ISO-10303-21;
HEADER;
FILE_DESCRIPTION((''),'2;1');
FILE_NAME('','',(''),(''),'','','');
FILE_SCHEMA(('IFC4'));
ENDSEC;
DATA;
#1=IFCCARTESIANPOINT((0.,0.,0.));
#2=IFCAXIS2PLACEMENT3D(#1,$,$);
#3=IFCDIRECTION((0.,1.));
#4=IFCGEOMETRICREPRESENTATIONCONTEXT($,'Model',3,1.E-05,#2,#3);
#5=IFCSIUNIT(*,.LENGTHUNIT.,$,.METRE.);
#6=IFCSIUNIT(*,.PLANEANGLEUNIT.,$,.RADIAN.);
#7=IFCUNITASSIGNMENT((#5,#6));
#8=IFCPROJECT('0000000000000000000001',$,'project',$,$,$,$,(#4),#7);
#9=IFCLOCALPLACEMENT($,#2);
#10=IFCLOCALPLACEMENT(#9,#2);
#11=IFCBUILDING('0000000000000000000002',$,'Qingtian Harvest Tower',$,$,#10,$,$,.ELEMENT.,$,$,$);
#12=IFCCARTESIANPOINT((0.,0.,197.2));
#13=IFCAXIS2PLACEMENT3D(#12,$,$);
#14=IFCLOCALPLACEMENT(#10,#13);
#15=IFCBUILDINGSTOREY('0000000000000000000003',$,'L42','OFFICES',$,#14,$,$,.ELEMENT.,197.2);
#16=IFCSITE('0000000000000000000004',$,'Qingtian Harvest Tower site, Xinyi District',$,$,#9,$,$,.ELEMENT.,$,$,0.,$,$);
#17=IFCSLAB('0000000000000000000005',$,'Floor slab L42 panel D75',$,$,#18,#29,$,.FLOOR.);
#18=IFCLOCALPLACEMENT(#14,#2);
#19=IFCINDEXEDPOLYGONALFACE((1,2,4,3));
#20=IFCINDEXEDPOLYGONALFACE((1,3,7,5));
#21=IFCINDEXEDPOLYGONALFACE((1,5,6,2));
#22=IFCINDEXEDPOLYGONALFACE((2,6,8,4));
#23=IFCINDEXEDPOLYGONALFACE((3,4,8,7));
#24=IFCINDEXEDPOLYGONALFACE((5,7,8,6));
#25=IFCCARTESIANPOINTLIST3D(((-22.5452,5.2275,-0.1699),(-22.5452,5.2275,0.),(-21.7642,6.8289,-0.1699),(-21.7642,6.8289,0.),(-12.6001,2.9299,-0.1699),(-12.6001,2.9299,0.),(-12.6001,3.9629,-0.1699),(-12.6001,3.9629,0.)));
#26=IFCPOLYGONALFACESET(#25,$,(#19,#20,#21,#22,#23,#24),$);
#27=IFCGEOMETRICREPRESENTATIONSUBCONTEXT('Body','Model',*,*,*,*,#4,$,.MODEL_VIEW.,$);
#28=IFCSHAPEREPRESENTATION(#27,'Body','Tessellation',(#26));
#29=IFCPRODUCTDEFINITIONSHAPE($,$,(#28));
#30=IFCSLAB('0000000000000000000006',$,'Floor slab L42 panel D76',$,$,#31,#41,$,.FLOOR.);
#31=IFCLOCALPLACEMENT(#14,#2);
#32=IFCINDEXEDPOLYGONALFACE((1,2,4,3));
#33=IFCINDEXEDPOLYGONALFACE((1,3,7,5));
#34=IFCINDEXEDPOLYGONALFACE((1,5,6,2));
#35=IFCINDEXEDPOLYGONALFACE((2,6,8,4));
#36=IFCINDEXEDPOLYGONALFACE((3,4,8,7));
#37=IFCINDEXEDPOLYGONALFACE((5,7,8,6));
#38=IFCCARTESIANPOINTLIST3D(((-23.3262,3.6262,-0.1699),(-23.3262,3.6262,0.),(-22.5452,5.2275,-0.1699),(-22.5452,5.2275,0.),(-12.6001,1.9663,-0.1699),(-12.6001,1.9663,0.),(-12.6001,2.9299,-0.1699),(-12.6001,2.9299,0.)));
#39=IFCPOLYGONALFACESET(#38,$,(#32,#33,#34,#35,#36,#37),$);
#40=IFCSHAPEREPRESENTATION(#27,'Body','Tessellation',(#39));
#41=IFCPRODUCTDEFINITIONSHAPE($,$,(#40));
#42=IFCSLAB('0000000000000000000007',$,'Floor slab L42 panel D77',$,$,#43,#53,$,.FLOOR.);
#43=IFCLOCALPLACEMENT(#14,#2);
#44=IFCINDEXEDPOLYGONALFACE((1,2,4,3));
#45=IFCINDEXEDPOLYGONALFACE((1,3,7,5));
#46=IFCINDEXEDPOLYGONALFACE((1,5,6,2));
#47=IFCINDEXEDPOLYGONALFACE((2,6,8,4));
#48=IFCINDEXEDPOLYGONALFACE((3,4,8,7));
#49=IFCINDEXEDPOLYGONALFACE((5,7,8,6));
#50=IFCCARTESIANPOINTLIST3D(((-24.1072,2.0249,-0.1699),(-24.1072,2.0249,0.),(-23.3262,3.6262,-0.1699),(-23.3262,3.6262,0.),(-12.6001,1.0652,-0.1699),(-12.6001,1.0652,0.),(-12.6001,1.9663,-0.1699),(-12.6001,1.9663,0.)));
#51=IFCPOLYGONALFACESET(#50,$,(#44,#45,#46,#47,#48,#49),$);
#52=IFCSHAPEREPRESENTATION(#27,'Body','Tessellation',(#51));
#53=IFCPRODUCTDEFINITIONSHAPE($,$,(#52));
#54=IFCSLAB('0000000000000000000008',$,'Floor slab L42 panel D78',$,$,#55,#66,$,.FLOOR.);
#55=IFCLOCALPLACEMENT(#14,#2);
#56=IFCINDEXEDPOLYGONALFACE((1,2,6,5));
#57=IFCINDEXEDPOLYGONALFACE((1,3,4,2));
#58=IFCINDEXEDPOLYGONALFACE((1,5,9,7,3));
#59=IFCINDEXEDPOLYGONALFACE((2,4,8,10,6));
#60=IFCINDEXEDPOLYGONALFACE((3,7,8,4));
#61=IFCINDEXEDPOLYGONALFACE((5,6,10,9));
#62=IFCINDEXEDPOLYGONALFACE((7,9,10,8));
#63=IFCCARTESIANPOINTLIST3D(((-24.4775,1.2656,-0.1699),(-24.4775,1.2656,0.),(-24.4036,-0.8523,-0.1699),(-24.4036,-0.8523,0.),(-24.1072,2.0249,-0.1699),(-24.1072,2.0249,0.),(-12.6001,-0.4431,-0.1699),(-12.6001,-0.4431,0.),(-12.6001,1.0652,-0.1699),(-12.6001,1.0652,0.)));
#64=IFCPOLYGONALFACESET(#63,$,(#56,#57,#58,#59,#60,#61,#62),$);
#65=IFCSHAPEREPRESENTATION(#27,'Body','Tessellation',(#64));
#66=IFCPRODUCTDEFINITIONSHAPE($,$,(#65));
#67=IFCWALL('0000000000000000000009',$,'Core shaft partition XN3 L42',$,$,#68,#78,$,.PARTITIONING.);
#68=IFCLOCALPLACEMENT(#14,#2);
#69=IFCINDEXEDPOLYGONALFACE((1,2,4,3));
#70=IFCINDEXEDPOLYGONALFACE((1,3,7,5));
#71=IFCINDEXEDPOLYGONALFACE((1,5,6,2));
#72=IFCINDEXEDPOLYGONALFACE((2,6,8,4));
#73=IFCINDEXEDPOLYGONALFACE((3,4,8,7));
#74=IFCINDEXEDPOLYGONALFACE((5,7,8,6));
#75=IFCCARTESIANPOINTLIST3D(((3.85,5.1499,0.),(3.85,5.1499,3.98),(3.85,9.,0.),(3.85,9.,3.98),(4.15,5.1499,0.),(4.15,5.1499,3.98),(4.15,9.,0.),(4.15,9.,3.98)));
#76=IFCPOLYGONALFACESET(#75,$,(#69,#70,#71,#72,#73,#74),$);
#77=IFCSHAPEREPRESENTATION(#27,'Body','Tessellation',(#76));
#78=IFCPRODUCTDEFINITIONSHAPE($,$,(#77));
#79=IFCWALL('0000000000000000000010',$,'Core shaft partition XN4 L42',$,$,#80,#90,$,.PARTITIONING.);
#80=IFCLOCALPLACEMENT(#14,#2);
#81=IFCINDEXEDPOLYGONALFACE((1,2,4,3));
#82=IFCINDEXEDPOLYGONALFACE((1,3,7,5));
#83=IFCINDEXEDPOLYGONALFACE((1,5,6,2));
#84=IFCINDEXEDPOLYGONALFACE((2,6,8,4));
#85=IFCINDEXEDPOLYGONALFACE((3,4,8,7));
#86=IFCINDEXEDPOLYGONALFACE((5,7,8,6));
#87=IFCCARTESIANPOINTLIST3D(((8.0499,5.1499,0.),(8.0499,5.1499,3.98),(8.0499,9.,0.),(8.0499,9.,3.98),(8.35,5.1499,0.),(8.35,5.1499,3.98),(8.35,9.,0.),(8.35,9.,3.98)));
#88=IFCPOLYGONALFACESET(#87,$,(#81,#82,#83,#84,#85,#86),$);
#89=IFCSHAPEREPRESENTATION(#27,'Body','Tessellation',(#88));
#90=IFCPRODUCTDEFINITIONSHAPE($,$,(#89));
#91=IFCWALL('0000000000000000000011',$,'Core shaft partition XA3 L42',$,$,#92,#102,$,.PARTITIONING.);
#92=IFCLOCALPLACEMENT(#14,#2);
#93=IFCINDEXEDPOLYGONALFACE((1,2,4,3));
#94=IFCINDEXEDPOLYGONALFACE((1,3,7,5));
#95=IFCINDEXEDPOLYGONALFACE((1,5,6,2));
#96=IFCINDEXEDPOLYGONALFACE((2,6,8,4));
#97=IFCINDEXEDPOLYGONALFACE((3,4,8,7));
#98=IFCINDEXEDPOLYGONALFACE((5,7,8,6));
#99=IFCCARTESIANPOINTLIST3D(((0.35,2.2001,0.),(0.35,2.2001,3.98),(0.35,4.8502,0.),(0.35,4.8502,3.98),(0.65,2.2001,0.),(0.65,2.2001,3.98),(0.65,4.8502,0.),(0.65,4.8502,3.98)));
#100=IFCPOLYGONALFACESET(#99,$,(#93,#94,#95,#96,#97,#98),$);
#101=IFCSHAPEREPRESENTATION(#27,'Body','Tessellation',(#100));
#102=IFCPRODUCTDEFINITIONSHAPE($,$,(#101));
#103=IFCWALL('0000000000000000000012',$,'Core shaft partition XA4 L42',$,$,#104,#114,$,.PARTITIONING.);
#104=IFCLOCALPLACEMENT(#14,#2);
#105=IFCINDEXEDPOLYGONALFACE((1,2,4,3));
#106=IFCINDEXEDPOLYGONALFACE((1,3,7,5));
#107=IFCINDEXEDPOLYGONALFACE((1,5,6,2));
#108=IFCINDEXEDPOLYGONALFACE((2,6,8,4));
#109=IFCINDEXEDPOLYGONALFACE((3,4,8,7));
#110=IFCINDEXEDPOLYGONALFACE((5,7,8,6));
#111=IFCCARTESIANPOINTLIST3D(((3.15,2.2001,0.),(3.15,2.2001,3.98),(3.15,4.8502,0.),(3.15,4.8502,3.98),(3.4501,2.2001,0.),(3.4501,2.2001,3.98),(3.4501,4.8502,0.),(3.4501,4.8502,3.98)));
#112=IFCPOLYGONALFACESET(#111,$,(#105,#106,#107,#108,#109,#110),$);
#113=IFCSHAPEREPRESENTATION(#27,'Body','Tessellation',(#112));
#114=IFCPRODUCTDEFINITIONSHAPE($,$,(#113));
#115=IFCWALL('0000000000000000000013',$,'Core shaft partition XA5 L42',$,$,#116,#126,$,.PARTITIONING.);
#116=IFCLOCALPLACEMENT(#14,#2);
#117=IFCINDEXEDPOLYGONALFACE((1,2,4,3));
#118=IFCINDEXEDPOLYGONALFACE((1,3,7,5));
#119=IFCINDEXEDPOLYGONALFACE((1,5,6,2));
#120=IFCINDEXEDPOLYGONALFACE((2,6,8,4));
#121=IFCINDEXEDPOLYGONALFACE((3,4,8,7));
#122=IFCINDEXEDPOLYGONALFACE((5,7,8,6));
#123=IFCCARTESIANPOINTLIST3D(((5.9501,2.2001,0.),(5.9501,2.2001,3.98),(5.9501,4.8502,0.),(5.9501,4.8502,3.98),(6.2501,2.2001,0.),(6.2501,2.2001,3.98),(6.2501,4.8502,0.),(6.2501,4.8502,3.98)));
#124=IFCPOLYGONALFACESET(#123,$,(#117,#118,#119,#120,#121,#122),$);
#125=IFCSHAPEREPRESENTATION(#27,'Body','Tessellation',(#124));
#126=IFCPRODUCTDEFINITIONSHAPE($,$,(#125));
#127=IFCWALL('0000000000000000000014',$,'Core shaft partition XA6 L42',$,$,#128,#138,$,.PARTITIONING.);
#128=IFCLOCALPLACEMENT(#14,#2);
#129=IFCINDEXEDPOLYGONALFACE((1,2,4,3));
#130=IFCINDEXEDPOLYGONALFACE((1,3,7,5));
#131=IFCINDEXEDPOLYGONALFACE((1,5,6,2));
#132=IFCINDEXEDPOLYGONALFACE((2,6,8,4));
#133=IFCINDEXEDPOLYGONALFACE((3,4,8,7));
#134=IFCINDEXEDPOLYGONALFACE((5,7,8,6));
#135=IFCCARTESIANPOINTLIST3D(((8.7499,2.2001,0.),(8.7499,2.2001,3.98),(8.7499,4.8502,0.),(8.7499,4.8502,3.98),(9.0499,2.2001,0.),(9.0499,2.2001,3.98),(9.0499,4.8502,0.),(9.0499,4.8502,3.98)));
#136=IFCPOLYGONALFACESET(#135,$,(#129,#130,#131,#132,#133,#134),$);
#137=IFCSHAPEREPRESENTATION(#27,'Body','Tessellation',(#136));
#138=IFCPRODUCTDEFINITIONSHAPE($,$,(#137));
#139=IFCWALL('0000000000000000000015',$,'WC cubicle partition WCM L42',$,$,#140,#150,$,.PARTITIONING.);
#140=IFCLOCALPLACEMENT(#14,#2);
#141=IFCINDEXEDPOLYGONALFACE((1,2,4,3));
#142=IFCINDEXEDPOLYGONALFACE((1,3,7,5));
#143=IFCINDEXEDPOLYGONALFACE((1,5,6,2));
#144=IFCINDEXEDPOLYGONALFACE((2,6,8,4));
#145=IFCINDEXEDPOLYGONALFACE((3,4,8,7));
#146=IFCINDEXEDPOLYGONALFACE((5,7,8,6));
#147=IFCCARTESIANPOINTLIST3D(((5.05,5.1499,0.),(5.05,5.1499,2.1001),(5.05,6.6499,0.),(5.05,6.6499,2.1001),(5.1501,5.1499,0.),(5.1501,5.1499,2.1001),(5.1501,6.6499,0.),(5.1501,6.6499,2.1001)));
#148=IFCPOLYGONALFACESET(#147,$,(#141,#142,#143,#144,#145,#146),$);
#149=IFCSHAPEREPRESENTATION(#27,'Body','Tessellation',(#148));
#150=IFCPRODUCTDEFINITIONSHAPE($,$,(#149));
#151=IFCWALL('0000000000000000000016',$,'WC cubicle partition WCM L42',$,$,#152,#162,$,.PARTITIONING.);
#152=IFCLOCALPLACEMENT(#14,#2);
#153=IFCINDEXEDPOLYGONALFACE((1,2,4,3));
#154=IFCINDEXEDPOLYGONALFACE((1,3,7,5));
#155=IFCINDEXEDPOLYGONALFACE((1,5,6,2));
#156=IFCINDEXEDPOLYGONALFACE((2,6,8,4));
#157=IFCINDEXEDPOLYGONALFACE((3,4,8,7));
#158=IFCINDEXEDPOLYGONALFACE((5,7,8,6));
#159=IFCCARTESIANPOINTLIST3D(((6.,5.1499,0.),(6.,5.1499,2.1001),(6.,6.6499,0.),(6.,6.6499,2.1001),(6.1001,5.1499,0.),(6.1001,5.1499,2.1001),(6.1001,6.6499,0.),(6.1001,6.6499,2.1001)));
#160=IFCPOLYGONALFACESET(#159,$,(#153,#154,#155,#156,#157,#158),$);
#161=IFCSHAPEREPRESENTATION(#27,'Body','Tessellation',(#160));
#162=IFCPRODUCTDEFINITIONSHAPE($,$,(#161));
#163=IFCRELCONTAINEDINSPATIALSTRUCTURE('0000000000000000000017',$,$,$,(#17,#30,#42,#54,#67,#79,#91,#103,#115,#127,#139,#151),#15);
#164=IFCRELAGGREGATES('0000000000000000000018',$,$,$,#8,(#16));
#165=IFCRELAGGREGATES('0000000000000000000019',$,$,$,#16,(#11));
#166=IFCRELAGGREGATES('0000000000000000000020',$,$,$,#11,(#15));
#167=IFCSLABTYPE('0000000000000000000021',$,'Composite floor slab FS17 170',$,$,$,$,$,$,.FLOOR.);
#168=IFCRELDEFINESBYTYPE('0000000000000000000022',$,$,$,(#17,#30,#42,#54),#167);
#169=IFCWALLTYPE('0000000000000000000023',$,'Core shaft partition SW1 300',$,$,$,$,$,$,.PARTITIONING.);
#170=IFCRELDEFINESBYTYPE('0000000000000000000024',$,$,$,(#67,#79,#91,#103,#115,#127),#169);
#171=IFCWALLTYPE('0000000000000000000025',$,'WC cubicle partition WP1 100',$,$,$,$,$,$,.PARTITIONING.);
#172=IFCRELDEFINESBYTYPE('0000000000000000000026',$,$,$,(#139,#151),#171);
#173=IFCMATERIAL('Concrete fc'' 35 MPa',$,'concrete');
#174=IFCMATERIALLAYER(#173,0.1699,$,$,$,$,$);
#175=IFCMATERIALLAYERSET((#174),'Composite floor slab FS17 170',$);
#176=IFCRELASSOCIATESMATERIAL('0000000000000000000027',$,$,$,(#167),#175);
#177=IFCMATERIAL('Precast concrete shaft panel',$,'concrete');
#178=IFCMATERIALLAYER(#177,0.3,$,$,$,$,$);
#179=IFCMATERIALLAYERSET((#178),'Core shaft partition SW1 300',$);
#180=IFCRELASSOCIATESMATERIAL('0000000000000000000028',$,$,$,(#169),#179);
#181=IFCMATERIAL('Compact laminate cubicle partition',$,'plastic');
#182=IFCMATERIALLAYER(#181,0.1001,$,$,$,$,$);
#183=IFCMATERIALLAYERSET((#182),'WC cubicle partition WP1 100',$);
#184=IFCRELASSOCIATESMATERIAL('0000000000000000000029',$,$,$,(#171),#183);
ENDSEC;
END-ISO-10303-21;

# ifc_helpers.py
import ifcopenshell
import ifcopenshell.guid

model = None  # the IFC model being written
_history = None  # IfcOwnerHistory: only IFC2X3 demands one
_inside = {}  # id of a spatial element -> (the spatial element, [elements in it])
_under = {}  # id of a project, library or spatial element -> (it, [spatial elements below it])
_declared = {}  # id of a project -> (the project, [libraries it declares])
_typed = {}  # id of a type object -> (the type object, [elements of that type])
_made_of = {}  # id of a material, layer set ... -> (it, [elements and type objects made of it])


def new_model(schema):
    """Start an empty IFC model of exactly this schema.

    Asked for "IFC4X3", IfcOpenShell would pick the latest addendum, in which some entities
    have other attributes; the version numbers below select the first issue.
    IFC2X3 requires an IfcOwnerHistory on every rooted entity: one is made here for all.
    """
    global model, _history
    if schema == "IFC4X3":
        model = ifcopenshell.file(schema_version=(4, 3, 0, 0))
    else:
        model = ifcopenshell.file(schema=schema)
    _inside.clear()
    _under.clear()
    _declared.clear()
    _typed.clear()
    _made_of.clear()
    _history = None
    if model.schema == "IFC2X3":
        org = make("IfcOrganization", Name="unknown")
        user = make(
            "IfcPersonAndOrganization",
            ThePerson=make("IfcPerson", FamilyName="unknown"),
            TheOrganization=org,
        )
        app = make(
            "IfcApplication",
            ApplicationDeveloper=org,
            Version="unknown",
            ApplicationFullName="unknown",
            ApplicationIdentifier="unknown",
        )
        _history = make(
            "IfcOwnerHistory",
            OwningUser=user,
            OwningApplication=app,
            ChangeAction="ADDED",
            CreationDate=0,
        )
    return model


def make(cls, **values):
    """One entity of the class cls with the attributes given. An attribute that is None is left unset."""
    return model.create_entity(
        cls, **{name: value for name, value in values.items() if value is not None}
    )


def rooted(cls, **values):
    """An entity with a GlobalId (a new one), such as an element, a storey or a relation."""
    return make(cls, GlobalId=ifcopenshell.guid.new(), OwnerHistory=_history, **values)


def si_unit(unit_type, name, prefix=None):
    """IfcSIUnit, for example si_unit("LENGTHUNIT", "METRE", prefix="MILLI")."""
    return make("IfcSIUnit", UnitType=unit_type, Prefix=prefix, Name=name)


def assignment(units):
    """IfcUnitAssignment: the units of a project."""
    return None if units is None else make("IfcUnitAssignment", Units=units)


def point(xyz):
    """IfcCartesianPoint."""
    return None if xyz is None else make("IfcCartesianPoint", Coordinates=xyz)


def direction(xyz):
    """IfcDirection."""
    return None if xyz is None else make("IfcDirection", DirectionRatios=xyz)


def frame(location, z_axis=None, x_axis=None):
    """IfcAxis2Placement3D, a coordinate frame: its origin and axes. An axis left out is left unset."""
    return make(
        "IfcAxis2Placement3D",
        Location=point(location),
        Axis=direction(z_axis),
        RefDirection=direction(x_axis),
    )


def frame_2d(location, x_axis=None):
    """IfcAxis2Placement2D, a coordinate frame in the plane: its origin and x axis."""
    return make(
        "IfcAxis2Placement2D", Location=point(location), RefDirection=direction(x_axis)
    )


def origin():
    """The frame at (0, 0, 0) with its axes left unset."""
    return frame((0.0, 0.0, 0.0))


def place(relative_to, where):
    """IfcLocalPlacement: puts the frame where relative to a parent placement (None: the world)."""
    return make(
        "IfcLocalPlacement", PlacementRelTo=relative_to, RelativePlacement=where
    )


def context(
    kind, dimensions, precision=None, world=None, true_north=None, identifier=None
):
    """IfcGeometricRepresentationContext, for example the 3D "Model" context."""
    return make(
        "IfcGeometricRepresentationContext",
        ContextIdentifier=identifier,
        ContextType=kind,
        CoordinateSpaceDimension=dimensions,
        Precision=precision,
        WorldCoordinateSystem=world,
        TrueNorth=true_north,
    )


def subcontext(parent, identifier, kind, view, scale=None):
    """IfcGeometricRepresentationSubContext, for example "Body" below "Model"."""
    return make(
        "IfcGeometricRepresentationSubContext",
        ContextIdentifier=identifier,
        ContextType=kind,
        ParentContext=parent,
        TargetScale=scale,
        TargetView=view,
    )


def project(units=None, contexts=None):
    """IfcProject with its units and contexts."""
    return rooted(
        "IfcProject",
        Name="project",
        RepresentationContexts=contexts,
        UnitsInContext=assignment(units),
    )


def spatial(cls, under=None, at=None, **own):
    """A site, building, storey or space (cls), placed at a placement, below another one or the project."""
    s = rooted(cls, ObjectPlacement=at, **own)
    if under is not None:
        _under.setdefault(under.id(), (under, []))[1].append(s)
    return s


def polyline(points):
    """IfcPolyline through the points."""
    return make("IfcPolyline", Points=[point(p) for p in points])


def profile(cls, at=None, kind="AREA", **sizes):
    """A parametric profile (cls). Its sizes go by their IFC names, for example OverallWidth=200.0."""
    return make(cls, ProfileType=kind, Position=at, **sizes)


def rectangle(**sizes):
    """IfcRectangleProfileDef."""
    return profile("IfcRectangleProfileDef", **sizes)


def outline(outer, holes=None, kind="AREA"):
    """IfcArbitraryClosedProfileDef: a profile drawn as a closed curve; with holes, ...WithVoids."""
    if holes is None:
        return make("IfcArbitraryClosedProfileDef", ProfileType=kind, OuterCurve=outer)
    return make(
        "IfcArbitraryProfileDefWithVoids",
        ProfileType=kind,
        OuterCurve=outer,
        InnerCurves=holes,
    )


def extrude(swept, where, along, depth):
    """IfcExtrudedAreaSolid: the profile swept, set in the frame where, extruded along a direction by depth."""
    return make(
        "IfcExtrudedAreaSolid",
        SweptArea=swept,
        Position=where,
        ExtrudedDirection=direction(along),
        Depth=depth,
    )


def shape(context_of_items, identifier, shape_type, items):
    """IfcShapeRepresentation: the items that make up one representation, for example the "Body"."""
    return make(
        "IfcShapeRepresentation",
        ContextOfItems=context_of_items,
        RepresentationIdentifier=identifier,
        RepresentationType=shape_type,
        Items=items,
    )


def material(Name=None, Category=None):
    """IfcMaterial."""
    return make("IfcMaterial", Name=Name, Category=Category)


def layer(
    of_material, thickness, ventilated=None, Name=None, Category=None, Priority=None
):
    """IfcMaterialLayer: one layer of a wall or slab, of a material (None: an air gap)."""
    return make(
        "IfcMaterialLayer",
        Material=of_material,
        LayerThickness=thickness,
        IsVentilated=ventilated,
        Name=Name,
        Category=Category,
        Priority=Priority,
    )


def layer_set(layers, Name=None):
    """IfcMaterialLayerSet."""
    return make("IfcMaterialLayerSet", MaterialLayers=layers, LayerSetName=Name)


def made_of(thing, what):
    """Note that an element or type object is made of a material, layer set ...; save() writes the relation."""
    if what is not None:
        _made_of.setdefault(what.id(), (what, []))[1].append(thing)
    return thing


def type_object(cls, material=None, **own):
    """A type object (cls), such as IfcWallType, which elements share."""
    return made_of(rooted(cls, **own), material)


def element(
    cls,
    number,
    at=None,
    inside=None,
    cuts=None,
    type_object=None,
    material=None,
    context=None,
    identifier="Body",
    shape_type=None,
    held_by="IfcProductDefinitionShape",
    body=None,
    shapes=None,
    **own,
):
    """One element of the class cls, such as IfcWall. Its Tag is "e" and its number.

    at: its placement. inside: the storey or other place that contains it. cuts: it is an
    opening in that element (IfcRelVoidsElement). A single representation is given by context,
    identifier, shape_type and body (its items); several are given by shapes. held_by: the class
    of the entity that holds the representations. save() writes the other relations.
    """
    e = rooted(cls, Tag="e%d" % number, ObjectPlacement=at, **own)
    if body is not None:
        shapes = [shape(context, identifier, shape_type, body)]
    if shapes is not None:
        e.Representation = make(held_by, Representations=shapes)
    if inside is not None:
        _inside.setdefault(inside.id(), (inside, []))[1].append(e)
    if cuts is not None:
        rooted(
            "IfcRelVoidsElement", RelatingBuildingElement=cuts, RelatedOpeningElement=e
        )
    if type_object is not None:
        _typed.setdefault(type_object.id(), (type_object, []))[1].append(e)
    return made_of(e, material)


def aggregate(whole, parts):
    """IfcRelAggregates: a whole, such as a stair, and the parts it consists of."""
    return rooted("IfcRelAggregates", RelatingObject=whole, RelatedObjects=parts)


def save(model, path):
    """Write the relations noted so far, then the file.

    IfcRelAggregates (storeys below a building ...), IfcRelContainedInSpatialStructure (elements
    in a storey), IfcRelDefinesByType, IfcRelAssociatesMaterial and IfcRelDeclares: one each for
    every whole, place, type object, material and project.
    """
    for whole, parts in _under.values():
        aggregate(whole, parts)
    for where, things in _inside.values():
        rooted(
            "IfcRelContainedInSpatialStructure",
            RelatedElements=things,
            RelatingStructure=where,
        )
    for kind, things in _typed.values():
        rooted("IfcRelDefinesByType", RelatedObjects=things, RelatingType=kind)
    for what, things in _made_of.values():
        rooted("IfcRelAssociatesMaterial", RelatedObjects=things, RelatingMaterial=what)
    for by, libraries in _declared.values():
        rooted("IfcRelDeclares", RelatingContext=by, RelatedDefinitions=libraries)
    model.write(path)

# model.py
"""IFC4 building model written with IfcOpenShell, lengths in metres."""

from ifc_helpers import new_model, si_unit, direction, frame, frame_2d, origin, place, context, subcontext, project, spatial, polyline, rectangle, outline, extrude, material, layer, layer_set, type_object, element, save


model = new_model("IFC4")

# Units and contexts
model_context = context("Model", 3, precision=1e-05, world=origin(), true_north=direction((0.0, 1.0)))
body_context = subcontext(model_context, "Body", "Model", "MODEL_VIEW")
ifc_project = project(units=[si_unit("LENGTHUNIT", "METRE"), si_unit("PLANEANGLEUNIT", "RADIAN")], contexts=[model_context])

# Site, building, storey
site_placement = place(None, origin())
site = spatial("IfcSite", under=ifc_project, at=site_placement, Name="Qingtian Harvest Tower site, Xinyi District", CompositionType="ELEMENT", RefElevation=0.0)
building_placement = place(site_placement, origin())
building = spatial("IfcBuilding", under=site, at=building_placement, Name="Qingtian Harvest Tower", CompositionType="ELEMENT")
storey_placement = place(building_placement, frame((0.0, 0.0, 197.2)))
storey = spatial("IfcBuildingStorey", under=building, at=storey_placement, Name="L42", Description="OFFICES", CompositionType="ELEMENT", Elevation=197.2)

# Slabs
ifc_material_1 = material(Name="Concrete fc' 35 MPa", Category="concrete")
ifc_layer_1 = layer(ifc_material_1, 0.1699)
ifc_layer_set_1 = layer_set([ifc_layer_1], Name="Composite floor slab FS17 170")
slab_type = type_object("IfcSlabType", Name="Composite floor slab FS17 170", PredefinedType="FLOOR", material=ifc_layer_set_1)
slab_1_placement = place(storey_placement, frame((0.0, 0.0, -0.1699)))
element("IfcSlab", 1, at=slab_1_placement, inside=storey, type_object=slab_type, Name="Floor slab L42 panel D75", PredefinedType="FLOOR", context=body_context, shape_type="SweptSolid", body=[
    extrude(outline(polyline([(-12.6001, 2.9299), (-22.5452, 5.2275), (-21.7642, 6.8289), (-12.6001, 3.9629), (-12.6001, 2.9299)])), origin(), (0.0, 0.0, 1.0), 0.1699),
])
slab_2_placement = place(storey_placement, frame((0.0, 0.0, -0.1699)))
element("IfcSlab", 2, at=slab_2_placement, inside=storey, type_object=slab_type, Name="Floor slab L42 panel D76", PredefinedType="FLOOR", context=body_context, shape_type="SweptSolid", body=[
    extrude(outline(polyline([(-12.6001, 1.9663), (-23.3262, 3.6262), (-22.5452, 5.2275), (-12.6001, 2.9299), (-12.6001, 1.9663)])), origin(), (0.0, 0.0, 1.0), 0.1699),
])
slab_3_placement = place(storey_placement, frame((0.0, 0.0, -0.1699)))
element("IfcSlab", 3, at=slab_3_placement, inside=storey, type_object=slab_type, Name="Floor slab L42 panel D77", PredefinedType="FLOOR", context=body_context, shape_type="SweptSolid", body=[
    extrude(outline(polyline([(-12.6001, 1.0652), (-24.1072, 2.0249), (-23.3262, 3.6262), (-12.6001, 1.9663), (-12.6001, 1.0652)])), origin(), (0.0, 0.0, 1.0), 0.1699),
])
slab_4_placement = place(storey_placement, frame((0.0, 0.0, -0.1699)))
element("IfcSlab", 4, at=slab_4_placement, inside=storey, type_object=slab_type, Name="Floor slab L42 panel D78", PredefinedType="FLOOR", context=body_context, shape_type="SweptSolid", body=[
    extrude(outline(polyline([(-12.6001, 1.0652), (-12.6001, -0.4431), (-24.4036, -0.8523), (-24.4775, 1.2656), (-24.1072, 2.0249), (-12.6001, 1.0652)])), origin(), (0.0, 0.0, 1.0), 0.1699),
])

# Shared definitions
ifc_material_2 = material(Name="Precast concrete shaft panel", Category="concrete")
ifc_layer_2 = layer(ifc_material_2, 0.3)
ifc_layer_set_2 = layer_set([ifc_layer_2], Name="Core shaft partition SW1 300")
wall_type_1 = type_object("IfcWallType", Name="Core shaft partition SW1 300", PredefinedType="PARTITIONING", material=ifc_layer_set_2)

# Walls
for number, where, z_axis, x_axis, name in (
    (5, (4.0, 5.1499, 0.0), (0.0, 0.0, 1.0), (0.0, 1.0, 0.0), "Core shaft partition XN3 L42"),
    (6, (8.2, 5.1499, 0.0), (0.0, 0.0, 1.0), (0.0, 1.0, 0.0), "Core shaft partition XN4 L42"),
):
    element("IfcWall", number, at=place(storey_placement, frame(where, z_axis=z_axis, x_axis=x_axis)), inside=storey, type_object=wall_type_1, Name=name, PredefinedType="PARTITIONING", context=body_context, shape_type="SweptSolid", body=[
        extrude(rectangle(XDim=3.8501, YDim=0.3, at=frame_2d((1.925, 0.0))), origin(), (0.0, 0.0, 1.0), 3.98),
    ])
for number, where, z_axis, x_axis, name in (
    (7, (0.5, 2.2, 0.0), (0.0, 0.0, 1.0), (0.0, 1.0, 0.0), "Core shaft partition XA3 L42"),
    (8, (3.3, 2.2, 0.0), (0.0, 0.0, 1.0), (0.0, 1.0, 0.0), "Core shaft partition XA4 L42"),
    (9, (6.1001, 2.2, 0.0), (0.0, 0.0, 1.0), (0.0, 1.0, 0.0), "Core shaft partition XA5 L42"),
    (10, (8.8999, 2.2, 0.0), (0.0, 0.0, 1.0), (0.0, 1.0, 0.0), "Core shaft partition XA6 L42"),
):
    element("IfcWall", number, at=place(storey_placement, frame(where, z_axis=z_axis, x_axis=x_axis)), inside=storey, type_object=wall_type_1, Name=name, PredefinedType="PARTITIONING", context=body_context, shape_type="SweptSolid", body=[
        extrude(rectangle(XDim=2.6501, YDim=0.3, at=frame_2d((1.3252, 0.0))), origin(), (0.0, 0.0, 1.0), 3.98),
    ])

# Walls
ifc_material_3 = material(Name="Compact laminate cubicle partition", Category="plastic")
ifc_layer_3 = layer(ifc_material_3, 0.1001)
ifc_layer_set_3 = layer_set([ifc_layer_3], Name="WC cubicle partition WP1 100")
wall_type_2 = type_object("IfcWallType", Name="WC cubicle partition WP1 100", PredefinedType="PARTITIONING", material=ifc_layer_set_3)
for number, where, z_axis, x_axis, name in (
    (11, (5.1001, 5.1499, 0.0), (0.0, 0.0, 1.0), (0.0, 1.0, 0.0), "WC cubicle partition WCM L42"),
    (12, (6.05, 5.1499, 0.0), (0.0, 0.0, 1.0), (0.0, 1.0, 0.0), "WC cubicle partition WCM L42"),
):
    element("IfcWall", number, at=place(storey_placement, frame(where, z_axis=z_axis, x_axis=x_axis)), inside=storey, type_object=wall_type_2, Name=name, PredefinedType="PARTITIONING", context=body_context, shape_type="SweptSolid", body=[
        extrude(rectangle(XDim=1.5, YDim=0.1001, at=frame_2d((0.75, 0.0))), origin(), (0.0, 0.0, 1.0), 2.1001),
    ])

save(model, "model.ifc")
